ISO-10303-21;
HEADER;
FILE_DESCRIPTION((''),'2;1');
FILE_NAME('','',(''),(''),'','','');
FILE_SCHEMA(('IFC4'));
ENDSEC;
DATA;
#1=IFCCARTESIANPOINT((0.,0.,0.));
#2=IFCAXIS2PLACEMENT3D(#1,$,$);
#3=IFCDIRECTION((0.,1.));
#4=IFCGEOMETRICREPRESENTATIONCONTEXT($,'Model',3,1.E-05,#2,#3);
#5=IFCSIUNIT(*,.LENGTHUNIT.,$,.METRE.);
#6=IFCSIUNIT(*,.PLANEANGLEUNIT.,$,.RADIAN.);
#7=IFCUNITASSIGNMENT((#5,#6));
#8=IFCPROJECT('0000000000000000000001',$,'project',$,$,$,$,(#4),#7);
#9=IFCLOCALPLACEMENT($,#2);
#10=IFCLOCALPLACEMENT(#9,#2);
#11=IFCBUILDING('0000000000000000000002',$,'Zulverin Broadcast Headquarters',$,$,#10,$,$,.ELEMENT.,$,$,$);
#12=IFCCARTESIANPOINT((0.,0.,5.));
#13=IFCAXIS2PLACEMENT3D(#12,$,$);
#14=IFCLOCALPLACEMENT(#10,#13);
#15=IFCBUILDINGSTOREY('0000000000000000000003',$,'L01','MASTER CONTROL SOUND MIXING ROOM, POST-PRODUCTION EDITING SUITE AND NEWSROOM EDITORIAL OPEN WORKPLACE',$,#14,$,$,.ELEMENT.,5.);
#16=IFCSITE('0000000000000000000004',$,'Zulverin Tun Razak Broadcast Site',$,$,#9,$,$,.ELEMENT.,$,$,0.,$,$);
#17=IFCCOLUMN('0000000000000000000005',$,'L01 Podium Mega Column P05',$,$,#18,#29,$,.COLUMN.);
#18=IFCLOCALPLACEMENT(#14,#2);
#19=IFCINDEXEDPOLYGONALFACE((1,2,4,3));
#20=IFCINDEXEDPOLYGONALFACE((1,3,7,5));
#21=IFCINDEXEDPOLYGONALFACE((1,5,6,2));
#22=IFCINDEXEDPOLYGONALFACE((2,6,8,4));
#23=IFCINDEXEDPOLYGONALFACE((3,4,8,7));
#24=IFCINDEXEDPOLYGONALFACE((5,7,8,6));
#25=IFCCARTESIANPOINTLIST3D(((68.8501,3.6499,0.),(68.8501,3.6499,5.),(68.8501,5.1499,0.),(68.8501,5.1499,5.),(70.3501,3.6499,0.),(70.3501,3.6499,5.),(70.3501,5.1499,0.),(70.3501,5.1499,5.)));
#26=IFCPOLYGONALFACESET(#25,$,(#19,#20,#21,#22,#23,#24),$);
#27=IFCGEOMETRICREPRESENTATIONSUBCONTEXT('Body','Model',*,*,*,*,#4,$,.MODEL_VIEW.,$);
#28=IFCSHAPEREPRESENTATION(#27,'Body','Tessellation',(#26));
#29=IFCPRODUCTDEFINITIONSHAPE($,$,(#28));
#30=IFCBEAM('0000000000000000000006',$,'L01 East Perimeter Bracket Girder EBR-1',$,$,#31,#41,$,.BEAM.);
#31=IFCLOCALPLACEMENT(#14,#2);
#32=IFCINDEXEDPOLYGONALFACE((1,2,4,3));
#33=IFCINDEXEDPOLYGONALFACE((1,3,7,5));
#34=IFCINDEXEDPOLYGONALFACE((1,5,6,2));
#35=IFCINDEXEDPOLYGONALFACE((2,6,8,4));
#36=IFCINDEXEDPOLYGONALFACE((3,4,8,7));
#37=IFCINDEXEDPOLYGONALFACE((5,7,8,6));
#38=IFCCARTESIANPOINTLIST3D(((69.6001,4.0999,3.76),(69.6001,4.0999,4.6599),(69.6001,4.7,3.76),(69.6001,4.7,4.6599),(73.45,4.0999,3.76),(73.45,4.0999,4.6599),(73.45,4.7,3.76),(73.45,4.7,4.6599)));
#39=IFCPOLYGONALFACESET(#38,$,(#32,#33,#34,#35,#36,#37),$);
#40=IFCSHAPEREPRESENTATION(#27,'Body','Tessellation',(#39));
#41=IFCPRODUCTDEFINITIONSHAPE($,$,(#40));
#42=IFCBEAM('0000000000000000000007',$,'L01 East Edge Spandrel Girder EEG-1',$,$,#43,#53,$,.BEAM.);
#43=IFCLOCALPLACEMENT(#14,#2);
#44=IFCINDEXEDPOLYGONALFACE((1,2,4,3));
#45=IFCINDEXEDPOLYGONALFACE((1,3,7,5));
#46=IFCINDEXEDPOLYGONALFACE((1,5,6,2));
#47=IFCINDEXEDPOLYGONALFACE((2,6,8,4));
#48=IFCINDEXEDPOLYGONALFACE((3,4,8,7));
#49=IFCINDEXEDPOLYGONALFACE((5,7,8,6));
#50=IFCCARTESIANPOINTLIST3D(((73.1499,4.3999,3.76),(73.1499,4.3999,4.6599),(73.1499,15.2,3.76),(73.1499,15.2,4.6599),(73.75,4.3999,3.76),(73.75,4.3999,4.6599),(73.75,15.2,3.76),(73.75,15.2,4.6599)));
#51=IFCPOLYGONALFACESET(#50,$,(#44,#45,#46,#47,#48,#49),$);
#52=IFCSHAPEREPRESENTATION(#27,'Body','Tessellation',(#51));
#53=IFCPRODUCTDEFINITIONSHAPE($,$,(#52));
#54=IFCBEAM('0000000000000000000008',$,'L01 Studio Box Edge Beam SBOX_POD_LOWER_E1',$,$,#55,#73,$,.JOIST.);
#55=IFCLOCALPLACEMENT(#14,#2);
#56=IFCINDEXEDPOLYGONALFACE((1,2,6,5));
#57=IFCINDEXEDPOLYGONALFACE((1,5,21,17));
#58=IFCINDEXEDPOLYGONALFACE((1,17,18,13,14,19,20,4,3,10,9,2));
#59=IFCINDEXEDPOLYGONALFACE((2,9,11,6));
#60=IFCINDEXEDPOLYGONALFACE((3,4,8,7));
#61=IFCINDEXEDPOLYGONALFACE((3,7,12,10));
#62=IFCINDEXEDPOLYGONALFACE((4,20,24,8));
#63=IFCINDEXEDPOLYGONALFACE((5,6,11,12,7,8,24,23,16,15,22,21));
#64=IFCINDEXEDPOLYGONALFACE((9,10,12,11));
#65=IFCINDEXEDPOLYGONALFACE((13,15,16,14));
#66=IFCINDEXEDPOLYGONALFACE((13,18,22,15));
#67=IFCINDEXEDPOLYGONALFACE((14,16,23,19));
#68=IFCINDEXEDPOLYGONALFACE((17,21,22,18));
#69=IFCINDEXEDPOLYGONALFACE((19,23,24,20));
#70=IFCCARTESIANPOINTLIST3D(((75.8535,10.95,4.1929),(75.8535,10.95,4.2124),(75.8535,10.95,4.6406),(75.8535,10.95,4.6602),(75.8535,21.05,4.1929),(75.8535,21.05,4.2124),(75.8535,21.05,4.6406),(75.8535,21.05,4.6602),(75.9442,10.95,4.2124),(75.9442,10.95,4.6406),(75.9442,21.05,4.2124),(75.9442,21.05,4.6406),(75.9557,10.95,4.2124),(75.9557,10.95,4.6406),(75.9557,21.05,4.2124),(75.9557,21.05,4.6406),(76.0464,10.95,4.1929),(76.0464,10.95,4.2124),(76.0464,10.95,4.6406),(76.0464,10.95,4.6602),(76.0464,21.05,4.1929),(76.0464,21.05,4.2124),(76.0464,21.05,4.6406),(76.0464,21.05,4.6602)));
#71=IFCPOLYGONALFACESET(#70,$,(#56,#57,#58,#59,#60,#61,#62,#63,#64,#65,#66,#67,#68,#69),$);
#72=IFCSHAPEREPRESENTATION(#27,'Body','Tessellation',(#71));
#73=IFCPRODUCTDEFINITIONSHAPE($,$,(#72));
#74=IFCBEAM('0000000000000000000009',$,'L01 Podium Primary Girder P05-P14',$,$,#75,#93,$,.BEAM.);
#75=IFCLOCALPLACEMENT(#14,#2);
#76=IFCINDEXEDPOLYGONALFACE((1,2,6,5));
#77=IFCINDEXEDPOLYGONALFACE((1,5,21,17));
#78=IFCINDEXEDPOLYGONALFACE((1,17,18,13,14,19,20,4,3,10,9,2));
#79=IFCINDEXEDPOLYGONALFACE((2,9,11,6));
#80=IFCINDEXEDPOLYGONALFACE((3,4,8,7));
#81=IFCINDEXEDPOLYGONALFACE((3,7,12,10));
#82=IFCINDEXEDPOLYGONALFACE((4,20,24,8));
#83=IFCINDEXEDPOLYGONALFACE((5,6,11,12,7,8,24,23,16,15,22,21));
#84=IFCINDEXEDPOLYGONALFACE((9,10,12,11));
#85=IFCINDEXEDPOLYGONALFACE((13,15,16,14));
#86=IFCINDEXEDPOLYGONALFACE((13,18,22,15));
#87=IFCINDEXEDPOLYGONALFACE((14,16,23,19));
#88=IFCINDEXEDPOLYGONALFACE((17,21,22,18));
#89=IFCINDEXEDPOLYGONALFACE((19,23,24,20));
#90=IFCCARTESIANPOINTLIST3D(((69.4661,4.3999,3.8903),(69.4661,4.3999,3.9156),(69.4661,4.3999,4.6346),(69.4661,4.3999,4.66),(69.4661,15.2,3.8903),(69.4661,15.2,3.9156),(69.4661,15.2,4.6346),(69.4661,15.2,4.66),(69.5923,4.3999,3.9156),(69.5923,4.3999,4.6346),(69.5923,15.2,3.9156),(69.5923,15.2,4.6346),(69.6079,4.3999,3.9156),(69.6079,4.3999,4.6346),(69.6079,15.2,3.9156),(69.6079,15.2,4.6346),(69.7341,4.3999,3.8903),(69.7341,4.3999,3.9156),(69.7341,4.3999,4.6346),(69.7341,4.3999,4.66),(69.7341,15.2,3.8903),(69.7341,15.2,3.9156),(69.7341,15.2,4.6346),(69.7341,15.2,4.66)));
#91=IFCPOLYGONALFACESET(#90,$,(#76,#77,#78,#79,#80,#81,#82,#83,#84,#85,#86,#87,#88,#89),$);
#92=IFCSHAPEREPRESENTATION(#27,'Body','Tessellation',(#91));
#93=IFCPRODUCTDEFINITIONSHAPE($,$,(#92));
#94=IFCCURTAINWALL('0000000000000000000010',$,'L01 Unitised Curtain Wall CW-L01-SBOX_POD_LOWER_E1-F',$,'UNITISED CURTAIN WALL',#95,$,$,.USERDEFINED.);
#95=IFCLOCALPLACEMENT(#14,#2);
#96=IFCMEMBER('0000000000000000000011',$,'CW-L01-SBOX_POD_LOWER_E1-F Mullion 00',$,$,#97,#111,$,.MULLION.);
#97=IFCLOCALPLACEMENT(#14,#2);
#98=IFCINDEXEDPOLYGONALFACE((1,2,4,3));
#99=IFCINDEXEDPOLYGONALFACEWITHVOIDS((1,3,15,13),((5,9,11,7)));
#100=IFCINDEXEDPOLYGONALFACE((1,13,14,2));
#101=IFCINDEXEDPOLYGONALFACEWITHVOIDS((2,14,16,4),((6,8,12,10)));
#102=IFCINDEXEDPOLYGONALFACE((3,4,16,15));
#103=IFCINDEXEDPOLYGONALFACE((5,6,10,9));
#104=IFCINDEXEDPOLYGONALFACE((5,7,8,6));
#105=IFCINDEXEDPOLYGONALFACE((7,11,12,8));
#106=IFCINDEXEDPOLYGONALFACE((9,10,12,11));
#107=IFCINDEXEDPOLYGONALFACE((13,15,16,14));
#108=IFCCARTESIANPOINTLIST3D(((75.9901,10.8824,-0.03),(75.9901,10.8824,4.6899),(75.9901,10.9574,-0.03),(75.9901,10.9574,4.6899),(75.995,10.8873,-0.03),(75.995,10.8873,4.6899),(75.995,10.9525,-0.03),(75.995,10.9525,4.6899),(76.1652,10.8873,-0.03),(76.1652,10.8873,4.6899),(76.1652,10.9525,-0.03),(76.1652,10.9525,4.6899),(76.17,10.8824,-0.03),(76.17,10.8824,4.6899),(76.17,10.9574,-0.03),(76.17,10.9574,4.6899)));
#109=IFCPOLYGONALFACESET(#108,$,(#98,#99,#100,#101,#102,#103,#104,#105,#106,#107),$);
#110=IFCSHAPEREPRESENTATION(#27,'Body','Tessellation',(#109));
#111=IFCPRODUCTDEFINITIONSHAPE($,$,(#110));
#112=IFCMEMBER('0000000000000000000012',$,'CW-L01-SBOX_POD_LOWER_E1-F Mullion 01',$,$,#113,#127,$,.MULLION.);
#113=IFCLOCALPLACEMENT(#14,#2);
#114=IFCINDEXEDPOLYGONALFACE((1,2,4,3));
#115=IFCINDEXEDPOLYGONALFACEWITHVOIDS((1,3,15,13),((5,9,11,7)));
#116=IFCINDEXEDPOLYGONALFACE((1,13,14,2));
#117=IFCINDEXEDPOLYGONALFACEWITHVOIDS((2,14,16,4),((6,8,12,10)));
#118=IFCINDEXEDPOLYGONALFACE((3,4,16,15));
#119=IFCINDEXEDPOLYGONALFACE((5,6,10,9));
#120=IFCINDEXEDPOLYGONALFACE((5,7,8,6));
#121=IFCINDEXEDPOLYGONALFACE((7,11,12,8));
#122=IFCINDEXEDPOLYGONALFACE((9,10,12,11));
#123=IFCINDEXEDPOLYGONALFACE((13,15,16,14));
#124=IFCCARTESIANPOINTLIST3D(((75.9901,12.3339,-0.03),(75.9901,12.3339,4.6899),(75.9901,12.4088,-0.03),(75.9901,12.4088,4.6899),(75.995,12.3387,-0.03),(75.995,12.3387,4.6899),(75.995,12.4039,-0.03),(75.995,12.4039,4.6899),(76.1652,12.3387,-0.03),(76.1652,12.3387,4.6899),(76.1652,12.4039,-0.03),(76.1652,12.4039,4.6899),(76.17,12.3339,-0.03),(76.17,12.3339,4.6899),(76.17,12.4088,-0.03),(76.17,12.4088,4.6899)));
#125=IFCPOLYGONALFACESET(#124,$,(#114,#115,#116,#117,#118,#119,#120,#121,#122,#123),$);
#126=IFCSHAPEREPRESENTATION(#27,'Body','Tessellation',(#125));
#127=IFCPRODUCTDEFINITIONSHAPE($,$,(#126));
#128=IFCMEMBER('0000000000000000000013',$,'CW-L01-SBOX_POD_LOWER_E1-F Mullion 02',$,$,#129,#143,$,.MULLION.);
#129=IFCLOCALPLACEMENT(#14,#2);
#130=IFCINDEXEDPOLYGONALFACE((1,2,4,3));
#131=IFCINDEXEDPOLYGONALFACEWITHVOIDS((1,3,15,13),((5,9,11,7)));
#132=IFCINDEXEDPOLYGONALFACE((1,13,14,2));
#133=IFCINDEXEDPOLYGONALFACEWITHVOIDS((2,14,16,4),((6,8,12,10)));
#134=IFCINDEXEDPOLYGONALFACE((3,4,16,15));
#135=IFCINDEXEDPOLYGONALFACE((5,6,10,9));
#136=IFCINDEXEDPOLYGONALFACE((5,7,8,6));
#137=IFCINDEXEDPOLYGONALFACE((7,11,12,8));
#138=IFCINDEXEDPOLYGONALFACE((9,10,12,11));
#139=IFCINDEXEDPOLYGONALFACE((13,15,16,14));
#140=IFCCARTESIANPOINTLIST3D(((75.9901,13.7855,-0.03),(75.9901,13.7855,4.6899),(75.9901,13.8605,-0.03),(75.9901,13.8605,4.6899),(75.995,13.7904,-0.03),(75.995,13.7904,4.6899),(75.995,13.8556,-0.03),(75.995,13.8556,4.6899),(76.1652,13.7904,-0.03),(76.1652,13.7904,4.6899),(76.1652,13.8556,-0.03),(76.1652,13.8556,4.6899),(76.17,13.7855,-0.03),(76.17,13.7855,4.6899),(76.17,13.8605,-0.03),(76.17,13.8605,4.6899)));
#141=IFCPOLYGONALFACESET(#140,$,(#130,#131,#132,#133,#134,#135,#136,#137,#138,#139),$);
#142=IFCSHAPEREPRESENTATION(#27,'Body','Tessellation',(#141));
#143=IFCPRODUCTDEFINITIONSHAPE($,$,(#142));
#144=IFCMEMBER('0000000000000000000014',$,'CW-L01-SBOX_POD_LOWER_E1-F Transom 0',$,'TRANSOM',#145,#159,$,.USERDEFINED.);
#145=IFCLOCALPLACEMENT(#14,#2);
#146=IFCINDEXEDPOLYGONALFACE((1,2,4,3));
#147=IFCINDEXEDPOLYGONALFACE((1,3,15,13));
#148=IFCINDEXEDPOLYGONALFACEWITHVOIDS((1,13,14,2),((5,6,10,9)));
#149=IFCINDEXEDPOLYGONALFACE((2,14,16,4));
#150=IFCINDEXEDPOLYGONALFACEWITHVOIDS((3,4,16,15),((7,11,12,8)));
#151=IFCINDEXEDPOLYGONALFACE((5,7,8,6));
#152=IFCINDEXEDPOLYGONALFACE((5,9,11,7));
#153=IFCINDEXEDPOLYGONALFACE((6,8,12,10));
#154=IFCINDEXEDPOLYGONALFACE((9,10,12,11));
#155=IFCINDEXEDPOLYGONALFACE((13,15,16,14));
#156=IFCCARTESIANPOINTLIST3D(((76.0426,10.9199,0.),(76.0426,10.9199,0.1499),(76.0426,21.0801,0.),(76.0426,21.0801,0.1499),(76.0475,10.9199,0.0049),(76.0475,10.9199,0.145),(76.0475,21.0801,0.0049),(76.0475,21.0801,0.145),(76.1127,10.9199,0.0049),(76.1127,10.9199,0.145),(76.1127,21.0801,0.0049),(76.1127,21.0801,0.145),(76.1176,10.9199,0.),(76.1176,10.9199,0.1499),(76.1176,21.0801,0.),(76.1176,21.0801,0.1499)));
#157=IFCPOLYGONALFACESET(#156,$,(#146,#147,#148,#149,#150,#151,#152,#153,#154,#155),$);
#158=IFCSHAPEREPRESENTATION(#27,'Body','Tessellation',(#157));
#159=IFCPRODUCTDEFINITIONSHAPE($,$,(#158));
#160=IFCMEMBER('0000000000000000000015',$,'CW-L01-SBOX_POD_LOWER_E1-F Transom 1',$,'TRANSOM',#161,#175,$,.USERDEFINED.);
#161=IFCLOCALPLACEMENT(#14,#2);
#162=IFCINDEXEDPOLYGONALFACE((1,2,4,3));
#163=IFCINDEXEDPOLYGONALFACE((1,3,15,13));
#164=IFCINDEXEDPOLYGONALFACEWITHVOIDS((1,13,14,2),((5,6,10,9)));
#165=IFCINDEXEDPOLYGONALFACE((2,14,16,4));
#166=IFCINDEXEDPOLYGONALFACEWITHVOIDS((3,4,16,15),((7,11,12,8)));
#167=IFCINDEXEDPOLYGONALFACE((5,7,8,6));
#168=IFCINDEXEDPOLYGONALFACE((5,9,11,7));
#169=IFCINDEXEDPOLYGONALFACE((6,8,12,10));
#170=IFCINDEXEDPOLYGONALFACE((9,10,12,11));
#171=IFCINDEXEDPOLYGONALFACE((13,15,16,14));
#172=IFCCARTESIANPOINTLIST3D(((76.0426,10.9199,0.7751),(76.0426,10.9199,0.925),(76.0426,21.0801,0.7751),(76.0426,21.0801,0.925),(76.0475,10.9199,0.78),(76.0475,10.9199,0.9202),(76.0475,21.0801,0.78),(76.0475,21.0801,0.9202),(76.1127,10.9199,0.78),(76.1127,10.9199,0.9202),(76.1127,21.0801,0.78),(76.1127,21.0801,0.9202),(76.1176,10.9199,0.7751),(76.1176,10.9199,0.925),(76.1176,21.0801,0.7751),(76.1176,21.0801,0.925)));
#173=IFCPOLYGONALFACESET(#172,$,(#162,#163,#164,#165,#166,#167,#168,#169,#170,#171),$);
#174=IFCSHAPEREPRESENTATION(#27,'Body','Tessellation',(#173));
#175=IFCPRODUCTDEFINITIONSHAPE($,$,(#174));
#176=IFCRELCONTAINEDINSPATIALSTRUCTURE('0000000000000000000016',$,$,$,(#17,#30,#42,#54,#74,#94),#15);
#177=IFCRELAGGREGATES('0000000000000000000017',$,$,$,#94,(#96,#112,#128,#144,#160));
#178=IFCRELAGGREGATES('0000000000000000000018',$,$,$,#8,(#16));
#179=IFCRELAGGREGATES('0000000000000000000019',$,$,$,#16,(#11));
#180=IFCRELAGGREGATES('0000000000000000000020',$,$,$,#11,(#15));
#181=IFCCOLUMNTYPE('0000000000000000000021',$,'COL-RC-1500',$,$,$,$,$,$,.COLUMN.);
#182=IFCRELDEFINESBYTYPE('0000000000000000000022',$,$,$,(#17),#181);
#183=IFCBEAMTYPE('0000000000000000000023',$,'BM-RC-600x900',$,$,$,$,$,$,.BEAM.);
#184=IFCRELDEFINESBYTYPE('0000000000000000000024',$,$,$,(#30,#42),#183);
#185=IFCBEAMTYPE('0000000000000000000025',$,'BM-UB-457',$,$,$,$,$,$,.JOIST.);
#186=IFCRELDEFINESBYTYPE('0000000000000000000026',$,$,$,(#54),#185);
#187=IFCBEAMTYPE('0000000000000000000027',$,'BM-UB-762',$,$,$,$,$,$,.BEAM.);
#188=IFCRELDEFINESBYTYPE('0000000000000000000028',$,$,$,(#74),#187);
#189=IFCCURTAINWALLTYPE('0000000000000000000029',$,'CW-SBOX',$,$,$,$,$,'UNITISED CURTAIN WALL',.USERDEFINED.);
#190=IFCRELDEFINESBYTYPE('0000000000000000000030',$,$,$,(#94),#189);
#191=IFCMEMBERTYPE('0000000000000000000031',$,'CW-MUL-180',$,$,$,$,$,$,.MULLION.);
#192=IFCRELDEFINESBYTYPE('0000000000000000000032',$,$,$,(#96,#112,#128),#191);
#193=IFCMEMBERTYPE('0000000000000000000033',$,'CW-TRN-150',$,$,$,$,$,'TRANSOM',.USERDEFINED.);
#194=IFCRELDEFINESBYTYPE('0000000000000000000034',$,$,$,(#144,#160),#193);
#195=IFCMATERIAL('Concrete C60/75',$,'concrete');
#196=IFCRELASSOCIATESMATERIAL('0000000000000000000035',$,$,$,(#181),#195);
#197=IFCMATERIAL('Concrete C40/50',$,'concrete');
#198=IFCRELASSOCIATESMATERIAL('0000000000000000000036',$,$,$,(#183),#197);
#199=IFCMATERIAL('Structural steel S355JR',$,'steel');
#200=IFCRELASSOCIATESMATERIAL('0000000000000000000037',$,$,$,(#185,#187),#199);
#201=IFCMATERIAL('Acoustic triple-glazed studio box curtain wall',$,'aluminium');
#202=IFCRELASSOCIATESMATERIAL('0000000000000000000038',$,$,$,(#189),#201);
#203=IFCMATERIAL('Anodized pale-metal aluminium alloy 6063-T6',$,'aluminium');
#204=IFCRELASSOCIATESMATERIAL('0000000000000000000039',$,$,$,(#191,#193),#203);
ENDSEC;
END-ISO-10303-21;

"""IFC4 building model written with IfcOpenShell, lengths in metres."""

from ifc_helpers import new_model, si_unit, direction, frame, origin, origin_2d, place, context, subcontext, project, spatial, rectangle, hollow_rectangle, i_section, extrude, material, material_profile, profile_set, type_object, element, aggregate, save


model = new_model("IFC4")

# Units and contexts
model_context = context("Model", 3, precision=1e-05, world=origin(), true_north=direction((0.0, 1.0)))
body_context = subcontext(model_context, "Body", "Model", "MODEL_VIEW")
ifc_project = project(units=[si_unit("LENGTHUNIT", "METRE"), si_unit("PLANEANGLEUNIT", "RADIAN")], contexts=[model_context])

# Site, building, storey
site_placement = place(None, origin())
site = spatial("IfcSite", under=ifc_project, at=site_placement, Name="Zulverin Tun Razak Broadcast Site", CompositionType="ELEMENT", RefElevation=0.0)
building_placement = place(site_placement, origin())
building = spatial("IfcBuilding", under=site, at=building_placement, Name="Zulverin Broadcast Headquarters", CompositionType="ELEMENT")
storey_placement = place(building_placement, frame((0.0, 0.0, 5.0)))
storey = spatial("IfcBuildingStorey", under=building, at=storey_placement, Name="L01", Description="MASTER CONTROL SOUND MIXING ROOM, POST-PRODUCTION EDITING SUITE AND NEWSROOM EDITORIAL OPEN WORKPLACE", CompositionType="ELEMENT", Elevation=5.0)

# Column
ifc_material_1 = material(Name="Concrete C60/75", Category="concrete")
ifc_material_profile_1 = material_profile(ifc_material_1, rectangle(XDim=1.5, YDim=1.5, at=origin_2d()), Name="Concrete C60/75", Category="concrete")
ifc_profile_set_1 = profile_set([ifc_material_profile_1], Name="Concrete C60/75")
column_type = type_object("IfcColumnType", Name="COL-RC-1500", PredefinedType="COLUMN", material=ifc_profile_set_1)
column_placement = place(storey_placement, frame((69.6001, 4.3999, 0.0), z_axis=(0.0, 0.0, 1.0), x_axis=(1.0, 0.0, 0.0)))
element("IfcColumn", 1, at=column_placement, inside=storey, type_object=column_type, Name="L01 Podium Mega Column P05", PredefinedType="COLUMN", context=body_context, shape_type="SweptSolid", body=[
    extrude(rectangle(XDim=1.5, YDim=1.5, at=origin_2d()), origin(), (0.0, 0.0, 1.0), 5.0),
])

# Beams
ifc_material_2 = material(Name="Concrete C40/50", Category="concrete")
ifc_material_profile_2 = material_profile(ifc_material_2, rectangle(XDim=0.6001, YDim=0.8999, at=origin_2d()), Name="Concrete C40/50", Category="concrete")
ifc_profile_set_2 = profile_set([ifc_material_profile_2], Name="Concrete C40/50")
beam_type_1 = type_object("IfcBeamType", Name="BM-RC-600x900", PredefinedType="BEAM", material=ifc_profile_set_2)
beam_1_placement = place(storey_placement, frame((69.6001, 4.3999, 4.21), z_axis=(1.0, 0.0, 0.0), x_axis=(0.0, 1.0, 0.0)))
element("IfcBeam", 2, at=beam_1_placement, inside=storey, type_object=beam_type_1, Name="L01 East Perimeter Bracket Girder EBR-1", PredefinedType="BEAM", context=body_context, shape_type="SweptSolid", body=[
    extrude(rectangle(XDim=0.6001, YDim=0.8999, at=origin_2d()), origin(), (0.0, 0.0, 1.0), 3.8499),
])
beam_2_placement = place(storey_placement, frame((73.45, 4.3999, 4.21), z_axis=(0.0, 1.0, 0.0), x_axis=(-1.0, 0.0, 0.0)))
element("IfcBeam", 3, at=beam_2_placement, inside=storey, type_object=beam_type_1, Name="L01 East Edge Spandrel Girder EEG-1", PredefinedType="BEAM", context=body_context, shape_type="SweptSolid", body=[
    extrude(rectangle(XDim=0.6001, YDim=0.8999, at=origin_2d()), origin(), (0.0, 0.0, 1.0), 10.8),
])
ifc_material_3 = material(Name="Structural steel S355JR", Category="steel")
ifc_material_profile_3 = material_profile(ifc_material_3, i_section(OverallWidth=0.1929, OverallDepth=0.4673, WebThickness=0.0115, FlangeThickness=0.0195, at=origin_2d()), Name="Structural steel S355JR", Category="steel")
ifc_profile_set_3 = profile_set([ifc_material_profile_3], Name="Structural steel S355JR")
beam_type_2 = type_object("IfcBeamType", Name="BM-UB-457", PredefinedType="JOIST", material=ifc_profile_set_3)
beam_3_placement = place(storey_placement, frame((75.95, 10.95, 4.4265), z_axis=(0.0, 1.0, 0.0), x_axis=(-1.0, 0.0, 0.0)))
element("IfcBeam", 4, at=beam_3_placement, inside=storey, type_object=beam_type_2, Name="L01 Studio Box Edge Beam SBOX_POD_LOWER_E1", PredefinedType="JOIST", context=body_context, shape_type="SweptSolid", body=[
    extrude(i_section(OverallWidth=0.1929, OverallDepth=0.4673, WebThickness=0.0115, FlangeThickness=0.0195, at=origin_2d()), origin(), (0.0, 0.0, 1.0), 10.1001),
])
ifc_material_profile_4 = material_profile(ifc_material_3, i_section(OverallWidth=0.2681, OverallDepth=0.7698, WebThickness=0.0156, FlangeThickness=0.0254, at=origin_2d()), Name="Structural steel S355JR", Category="steel")
ifc_profile_set_4 = profile_set([ifc_material_profile_4], Name="Structural steel S355JR")
beam_type_3 = type_object("IfcBeamType", Name="BM-UB-762", PredefinedType="BEAM", material=ifc_profile_set_4)
beam_4_placement = place(storey_placement, frame((69.6001, 4.3999, 4.2751), z_axis=(0.0, 1.0, 0.0), x_axis=(-1.0, 0.0, 0.0)))
element("IfcBeam", 5, at=beam_4_placement, inside=storey, type_object=beam_type_3, Name="L01 Podium Primary Girder P05-P14", PredefinedType="BEAM", context=body_context, shape_type="SweptSolid", body=[
    extrude(i_section(OverallWidth=0.2681, OverallDepth=0.7698, WebThickness=0.0156, FlangeThickness=0.0254, at=origin_2d()), origin(), (0.0, 0.0, 1.0), 10.8),
])

# Curtain wall, members
ifc_material_4 = material(Name="Acoustic triple-glazed studio box curtain wall", Category="aluminium")
curtain_wall_type = type_object("IfcCurtainWallType", Name="CW-SBOX", ElementType="UNITISED CURTAIN WALL", PredefinedType="USERDEFINED", material=ifc_material_4)
curtain_wall_placement = place(storey_placement, origin())
curtain_wall = element("IfcCurtainWall", 6, at=curtain_wall_placement, inside=storey, type_object=curtain_wall_type, Name="L01 Unitised Curtain Wall CW-L01-SBOX_POD_LOWER_E1-F", ObjectType="UNITISED CURTAIN WALL", PredefinedType="USERDEFINED")
ifc_material_5 = material(Name="Anodized pale-metal aluminium alloy 6063-T6", Category="aluminium")
ifc_material_profile_5 = material_profile(ifc_material_5, hollow_rectangle(XDim=0.075, YDim=0.1799, WallThickness=0.0049, at=origin_2d()), Name="Anodized pale-metal aluminium alloy 6063-T6", Category="aluminium")
ifc_profile_set_5 = profile_set([ifc_material_profile_5], Name="Anodized pale-metal aluminium alloy 6063-T6")
member_type_1 = type_object("IfcMemberType", Name="CW-MUL-180", PredefinedType="MULLION", material=ifc_profile_set_5)
member_1_placement = place(storey_placement, frame((76.0801, 10.9199, -0.03), z_axis=(0.0, 0.0, 1.0), x_axis=(0.0, 1.0, 0.0)))
member_1 = element("IfcMember", 7, at=member_1_placement, type_object=member_type_1, Name="CW-L01-SBOX_POD_LOWER_E1-F Mullion 00", PredefinedType="MULLION", context=body_context, shape_type="SweptSolid", body=[
    extrude(hollow_rectangle(XDim=0.075, YDim=0.1799, WallThickness=0.0049, at=origin_2d()), origin(), (0.0, 0.0, 1.0), 4.72),
])
member_2_placement = place(storey_placement, frame((76.0801, 12.3713, -0.03), z_axis=(0.0, 0.0, 1.0), x_axis=(0.0, 1.0, 0.0)))
member_2 = element("IfcMember", 8, at=member_2_placement, type_object=member_type_1, Name="CW-L01-SBOX_POD_LOWER_E1-F Mullion 01", PredefinedType="MULLION", context=body_context, shape_type="SweptSolid", body=[
    extrude(hollow_rectangle(XDim=0.075, YDim=0.1799, WallThickness=0.0049, at=origin_2d()), origin(), (0.0, 0.0, 1.0), 4.72),
])
member_3_placement = place(storey_placement, frame((76.0801, 13.823, -0.03), z_axis=(0.0, 0.0, 1.0), x_axis=(0.0, 1.0, 0.0)))
member_3 = element("IfcMember", 9, at=member_3_placement, type_object=member_type_1, Name="CW-L01-SBOX_POD_LOWER_E1-F Mullion 02", PredefinedType="MULLION", context=body_context, shape_type="SweptSolid", body=[
    extrude(hollow_rectangle(XDim=0.075, YDim=0.1799, WallThickness=0.0049, at=origin_2d()), origin(), (0.0, 0.0, 1.0), 4.72),
])
ifc_material_profile_6 = material_profile(ifc_material_5, hollow_rectangle(XDim=0.075, YDim=0.1499, WallThickness=0.0049, at=origin_2d()), Name="Anodized pale-metal aluminium alloy 6063-T6", Category="aluminium")
ifc_profile_set_6 = profile_set([ifc_material_profile_6], Name="Anodized pale-metal aluminium alloy 6063-T6")
member_type_2 = type_object("IfcMemberType", Name="CW-TRN-150", ElementType="TRANSOM", PredefinedType="USERDEFINED", material=ifc_profile_set_6)
member_4_placement = place(storey_placement, frame((76.0801, 10.9199, 0.075), z_axis=(0.0, 1.0, 0.0), x_axis=(-1.0, 0.0, 0.0)))
member_4 = element("IfcMember", 10, at=member_4_placement, type_object=member_type_2, Name="CW-L01-SBOX_POD_LOWER_E1-F Transom 0", ObjectType="TRANSOM", PredefinedType="USERDEFINED", context=body_context, shape_type="SweptSolid", body=[
    extrude(hollow_rectangle(XDim=0.075, YDim=0.1499, WallThickness=0.0049, at=origin_2d()), origin(), (0.0, 0.0, 1.0), 10.1602),
])
member_5_placement = place(storey_placement, frame((76.0801, 10.9199, 0.8501), z_axis=(0.0, 1.0, 0.0), x_axis=(-1.0, 0.0, 0.0)))
member_5 = element("IfcMember", 11, at=member_5_placement, type_object=member_type_2, Name="CW-L01-SBOX_POD_LOWER_E1-F Transom 1", ObjectType="TRANSOM", PredefinedType="USERDEFINED", context=body_context, shape_type="SweptSolid", body=[
    extrude(hollow_rectangle(XDim=0.075, YDim=0.1499, WallThickness=0.0049, at=origin_2d()), origin(), (0.0, 0.0, 1.0), 10.1602),
])

aggregate(curtain_wall, [member_1, member_2, member_3, member_4, member_5])

save(model, "model.ifc")
